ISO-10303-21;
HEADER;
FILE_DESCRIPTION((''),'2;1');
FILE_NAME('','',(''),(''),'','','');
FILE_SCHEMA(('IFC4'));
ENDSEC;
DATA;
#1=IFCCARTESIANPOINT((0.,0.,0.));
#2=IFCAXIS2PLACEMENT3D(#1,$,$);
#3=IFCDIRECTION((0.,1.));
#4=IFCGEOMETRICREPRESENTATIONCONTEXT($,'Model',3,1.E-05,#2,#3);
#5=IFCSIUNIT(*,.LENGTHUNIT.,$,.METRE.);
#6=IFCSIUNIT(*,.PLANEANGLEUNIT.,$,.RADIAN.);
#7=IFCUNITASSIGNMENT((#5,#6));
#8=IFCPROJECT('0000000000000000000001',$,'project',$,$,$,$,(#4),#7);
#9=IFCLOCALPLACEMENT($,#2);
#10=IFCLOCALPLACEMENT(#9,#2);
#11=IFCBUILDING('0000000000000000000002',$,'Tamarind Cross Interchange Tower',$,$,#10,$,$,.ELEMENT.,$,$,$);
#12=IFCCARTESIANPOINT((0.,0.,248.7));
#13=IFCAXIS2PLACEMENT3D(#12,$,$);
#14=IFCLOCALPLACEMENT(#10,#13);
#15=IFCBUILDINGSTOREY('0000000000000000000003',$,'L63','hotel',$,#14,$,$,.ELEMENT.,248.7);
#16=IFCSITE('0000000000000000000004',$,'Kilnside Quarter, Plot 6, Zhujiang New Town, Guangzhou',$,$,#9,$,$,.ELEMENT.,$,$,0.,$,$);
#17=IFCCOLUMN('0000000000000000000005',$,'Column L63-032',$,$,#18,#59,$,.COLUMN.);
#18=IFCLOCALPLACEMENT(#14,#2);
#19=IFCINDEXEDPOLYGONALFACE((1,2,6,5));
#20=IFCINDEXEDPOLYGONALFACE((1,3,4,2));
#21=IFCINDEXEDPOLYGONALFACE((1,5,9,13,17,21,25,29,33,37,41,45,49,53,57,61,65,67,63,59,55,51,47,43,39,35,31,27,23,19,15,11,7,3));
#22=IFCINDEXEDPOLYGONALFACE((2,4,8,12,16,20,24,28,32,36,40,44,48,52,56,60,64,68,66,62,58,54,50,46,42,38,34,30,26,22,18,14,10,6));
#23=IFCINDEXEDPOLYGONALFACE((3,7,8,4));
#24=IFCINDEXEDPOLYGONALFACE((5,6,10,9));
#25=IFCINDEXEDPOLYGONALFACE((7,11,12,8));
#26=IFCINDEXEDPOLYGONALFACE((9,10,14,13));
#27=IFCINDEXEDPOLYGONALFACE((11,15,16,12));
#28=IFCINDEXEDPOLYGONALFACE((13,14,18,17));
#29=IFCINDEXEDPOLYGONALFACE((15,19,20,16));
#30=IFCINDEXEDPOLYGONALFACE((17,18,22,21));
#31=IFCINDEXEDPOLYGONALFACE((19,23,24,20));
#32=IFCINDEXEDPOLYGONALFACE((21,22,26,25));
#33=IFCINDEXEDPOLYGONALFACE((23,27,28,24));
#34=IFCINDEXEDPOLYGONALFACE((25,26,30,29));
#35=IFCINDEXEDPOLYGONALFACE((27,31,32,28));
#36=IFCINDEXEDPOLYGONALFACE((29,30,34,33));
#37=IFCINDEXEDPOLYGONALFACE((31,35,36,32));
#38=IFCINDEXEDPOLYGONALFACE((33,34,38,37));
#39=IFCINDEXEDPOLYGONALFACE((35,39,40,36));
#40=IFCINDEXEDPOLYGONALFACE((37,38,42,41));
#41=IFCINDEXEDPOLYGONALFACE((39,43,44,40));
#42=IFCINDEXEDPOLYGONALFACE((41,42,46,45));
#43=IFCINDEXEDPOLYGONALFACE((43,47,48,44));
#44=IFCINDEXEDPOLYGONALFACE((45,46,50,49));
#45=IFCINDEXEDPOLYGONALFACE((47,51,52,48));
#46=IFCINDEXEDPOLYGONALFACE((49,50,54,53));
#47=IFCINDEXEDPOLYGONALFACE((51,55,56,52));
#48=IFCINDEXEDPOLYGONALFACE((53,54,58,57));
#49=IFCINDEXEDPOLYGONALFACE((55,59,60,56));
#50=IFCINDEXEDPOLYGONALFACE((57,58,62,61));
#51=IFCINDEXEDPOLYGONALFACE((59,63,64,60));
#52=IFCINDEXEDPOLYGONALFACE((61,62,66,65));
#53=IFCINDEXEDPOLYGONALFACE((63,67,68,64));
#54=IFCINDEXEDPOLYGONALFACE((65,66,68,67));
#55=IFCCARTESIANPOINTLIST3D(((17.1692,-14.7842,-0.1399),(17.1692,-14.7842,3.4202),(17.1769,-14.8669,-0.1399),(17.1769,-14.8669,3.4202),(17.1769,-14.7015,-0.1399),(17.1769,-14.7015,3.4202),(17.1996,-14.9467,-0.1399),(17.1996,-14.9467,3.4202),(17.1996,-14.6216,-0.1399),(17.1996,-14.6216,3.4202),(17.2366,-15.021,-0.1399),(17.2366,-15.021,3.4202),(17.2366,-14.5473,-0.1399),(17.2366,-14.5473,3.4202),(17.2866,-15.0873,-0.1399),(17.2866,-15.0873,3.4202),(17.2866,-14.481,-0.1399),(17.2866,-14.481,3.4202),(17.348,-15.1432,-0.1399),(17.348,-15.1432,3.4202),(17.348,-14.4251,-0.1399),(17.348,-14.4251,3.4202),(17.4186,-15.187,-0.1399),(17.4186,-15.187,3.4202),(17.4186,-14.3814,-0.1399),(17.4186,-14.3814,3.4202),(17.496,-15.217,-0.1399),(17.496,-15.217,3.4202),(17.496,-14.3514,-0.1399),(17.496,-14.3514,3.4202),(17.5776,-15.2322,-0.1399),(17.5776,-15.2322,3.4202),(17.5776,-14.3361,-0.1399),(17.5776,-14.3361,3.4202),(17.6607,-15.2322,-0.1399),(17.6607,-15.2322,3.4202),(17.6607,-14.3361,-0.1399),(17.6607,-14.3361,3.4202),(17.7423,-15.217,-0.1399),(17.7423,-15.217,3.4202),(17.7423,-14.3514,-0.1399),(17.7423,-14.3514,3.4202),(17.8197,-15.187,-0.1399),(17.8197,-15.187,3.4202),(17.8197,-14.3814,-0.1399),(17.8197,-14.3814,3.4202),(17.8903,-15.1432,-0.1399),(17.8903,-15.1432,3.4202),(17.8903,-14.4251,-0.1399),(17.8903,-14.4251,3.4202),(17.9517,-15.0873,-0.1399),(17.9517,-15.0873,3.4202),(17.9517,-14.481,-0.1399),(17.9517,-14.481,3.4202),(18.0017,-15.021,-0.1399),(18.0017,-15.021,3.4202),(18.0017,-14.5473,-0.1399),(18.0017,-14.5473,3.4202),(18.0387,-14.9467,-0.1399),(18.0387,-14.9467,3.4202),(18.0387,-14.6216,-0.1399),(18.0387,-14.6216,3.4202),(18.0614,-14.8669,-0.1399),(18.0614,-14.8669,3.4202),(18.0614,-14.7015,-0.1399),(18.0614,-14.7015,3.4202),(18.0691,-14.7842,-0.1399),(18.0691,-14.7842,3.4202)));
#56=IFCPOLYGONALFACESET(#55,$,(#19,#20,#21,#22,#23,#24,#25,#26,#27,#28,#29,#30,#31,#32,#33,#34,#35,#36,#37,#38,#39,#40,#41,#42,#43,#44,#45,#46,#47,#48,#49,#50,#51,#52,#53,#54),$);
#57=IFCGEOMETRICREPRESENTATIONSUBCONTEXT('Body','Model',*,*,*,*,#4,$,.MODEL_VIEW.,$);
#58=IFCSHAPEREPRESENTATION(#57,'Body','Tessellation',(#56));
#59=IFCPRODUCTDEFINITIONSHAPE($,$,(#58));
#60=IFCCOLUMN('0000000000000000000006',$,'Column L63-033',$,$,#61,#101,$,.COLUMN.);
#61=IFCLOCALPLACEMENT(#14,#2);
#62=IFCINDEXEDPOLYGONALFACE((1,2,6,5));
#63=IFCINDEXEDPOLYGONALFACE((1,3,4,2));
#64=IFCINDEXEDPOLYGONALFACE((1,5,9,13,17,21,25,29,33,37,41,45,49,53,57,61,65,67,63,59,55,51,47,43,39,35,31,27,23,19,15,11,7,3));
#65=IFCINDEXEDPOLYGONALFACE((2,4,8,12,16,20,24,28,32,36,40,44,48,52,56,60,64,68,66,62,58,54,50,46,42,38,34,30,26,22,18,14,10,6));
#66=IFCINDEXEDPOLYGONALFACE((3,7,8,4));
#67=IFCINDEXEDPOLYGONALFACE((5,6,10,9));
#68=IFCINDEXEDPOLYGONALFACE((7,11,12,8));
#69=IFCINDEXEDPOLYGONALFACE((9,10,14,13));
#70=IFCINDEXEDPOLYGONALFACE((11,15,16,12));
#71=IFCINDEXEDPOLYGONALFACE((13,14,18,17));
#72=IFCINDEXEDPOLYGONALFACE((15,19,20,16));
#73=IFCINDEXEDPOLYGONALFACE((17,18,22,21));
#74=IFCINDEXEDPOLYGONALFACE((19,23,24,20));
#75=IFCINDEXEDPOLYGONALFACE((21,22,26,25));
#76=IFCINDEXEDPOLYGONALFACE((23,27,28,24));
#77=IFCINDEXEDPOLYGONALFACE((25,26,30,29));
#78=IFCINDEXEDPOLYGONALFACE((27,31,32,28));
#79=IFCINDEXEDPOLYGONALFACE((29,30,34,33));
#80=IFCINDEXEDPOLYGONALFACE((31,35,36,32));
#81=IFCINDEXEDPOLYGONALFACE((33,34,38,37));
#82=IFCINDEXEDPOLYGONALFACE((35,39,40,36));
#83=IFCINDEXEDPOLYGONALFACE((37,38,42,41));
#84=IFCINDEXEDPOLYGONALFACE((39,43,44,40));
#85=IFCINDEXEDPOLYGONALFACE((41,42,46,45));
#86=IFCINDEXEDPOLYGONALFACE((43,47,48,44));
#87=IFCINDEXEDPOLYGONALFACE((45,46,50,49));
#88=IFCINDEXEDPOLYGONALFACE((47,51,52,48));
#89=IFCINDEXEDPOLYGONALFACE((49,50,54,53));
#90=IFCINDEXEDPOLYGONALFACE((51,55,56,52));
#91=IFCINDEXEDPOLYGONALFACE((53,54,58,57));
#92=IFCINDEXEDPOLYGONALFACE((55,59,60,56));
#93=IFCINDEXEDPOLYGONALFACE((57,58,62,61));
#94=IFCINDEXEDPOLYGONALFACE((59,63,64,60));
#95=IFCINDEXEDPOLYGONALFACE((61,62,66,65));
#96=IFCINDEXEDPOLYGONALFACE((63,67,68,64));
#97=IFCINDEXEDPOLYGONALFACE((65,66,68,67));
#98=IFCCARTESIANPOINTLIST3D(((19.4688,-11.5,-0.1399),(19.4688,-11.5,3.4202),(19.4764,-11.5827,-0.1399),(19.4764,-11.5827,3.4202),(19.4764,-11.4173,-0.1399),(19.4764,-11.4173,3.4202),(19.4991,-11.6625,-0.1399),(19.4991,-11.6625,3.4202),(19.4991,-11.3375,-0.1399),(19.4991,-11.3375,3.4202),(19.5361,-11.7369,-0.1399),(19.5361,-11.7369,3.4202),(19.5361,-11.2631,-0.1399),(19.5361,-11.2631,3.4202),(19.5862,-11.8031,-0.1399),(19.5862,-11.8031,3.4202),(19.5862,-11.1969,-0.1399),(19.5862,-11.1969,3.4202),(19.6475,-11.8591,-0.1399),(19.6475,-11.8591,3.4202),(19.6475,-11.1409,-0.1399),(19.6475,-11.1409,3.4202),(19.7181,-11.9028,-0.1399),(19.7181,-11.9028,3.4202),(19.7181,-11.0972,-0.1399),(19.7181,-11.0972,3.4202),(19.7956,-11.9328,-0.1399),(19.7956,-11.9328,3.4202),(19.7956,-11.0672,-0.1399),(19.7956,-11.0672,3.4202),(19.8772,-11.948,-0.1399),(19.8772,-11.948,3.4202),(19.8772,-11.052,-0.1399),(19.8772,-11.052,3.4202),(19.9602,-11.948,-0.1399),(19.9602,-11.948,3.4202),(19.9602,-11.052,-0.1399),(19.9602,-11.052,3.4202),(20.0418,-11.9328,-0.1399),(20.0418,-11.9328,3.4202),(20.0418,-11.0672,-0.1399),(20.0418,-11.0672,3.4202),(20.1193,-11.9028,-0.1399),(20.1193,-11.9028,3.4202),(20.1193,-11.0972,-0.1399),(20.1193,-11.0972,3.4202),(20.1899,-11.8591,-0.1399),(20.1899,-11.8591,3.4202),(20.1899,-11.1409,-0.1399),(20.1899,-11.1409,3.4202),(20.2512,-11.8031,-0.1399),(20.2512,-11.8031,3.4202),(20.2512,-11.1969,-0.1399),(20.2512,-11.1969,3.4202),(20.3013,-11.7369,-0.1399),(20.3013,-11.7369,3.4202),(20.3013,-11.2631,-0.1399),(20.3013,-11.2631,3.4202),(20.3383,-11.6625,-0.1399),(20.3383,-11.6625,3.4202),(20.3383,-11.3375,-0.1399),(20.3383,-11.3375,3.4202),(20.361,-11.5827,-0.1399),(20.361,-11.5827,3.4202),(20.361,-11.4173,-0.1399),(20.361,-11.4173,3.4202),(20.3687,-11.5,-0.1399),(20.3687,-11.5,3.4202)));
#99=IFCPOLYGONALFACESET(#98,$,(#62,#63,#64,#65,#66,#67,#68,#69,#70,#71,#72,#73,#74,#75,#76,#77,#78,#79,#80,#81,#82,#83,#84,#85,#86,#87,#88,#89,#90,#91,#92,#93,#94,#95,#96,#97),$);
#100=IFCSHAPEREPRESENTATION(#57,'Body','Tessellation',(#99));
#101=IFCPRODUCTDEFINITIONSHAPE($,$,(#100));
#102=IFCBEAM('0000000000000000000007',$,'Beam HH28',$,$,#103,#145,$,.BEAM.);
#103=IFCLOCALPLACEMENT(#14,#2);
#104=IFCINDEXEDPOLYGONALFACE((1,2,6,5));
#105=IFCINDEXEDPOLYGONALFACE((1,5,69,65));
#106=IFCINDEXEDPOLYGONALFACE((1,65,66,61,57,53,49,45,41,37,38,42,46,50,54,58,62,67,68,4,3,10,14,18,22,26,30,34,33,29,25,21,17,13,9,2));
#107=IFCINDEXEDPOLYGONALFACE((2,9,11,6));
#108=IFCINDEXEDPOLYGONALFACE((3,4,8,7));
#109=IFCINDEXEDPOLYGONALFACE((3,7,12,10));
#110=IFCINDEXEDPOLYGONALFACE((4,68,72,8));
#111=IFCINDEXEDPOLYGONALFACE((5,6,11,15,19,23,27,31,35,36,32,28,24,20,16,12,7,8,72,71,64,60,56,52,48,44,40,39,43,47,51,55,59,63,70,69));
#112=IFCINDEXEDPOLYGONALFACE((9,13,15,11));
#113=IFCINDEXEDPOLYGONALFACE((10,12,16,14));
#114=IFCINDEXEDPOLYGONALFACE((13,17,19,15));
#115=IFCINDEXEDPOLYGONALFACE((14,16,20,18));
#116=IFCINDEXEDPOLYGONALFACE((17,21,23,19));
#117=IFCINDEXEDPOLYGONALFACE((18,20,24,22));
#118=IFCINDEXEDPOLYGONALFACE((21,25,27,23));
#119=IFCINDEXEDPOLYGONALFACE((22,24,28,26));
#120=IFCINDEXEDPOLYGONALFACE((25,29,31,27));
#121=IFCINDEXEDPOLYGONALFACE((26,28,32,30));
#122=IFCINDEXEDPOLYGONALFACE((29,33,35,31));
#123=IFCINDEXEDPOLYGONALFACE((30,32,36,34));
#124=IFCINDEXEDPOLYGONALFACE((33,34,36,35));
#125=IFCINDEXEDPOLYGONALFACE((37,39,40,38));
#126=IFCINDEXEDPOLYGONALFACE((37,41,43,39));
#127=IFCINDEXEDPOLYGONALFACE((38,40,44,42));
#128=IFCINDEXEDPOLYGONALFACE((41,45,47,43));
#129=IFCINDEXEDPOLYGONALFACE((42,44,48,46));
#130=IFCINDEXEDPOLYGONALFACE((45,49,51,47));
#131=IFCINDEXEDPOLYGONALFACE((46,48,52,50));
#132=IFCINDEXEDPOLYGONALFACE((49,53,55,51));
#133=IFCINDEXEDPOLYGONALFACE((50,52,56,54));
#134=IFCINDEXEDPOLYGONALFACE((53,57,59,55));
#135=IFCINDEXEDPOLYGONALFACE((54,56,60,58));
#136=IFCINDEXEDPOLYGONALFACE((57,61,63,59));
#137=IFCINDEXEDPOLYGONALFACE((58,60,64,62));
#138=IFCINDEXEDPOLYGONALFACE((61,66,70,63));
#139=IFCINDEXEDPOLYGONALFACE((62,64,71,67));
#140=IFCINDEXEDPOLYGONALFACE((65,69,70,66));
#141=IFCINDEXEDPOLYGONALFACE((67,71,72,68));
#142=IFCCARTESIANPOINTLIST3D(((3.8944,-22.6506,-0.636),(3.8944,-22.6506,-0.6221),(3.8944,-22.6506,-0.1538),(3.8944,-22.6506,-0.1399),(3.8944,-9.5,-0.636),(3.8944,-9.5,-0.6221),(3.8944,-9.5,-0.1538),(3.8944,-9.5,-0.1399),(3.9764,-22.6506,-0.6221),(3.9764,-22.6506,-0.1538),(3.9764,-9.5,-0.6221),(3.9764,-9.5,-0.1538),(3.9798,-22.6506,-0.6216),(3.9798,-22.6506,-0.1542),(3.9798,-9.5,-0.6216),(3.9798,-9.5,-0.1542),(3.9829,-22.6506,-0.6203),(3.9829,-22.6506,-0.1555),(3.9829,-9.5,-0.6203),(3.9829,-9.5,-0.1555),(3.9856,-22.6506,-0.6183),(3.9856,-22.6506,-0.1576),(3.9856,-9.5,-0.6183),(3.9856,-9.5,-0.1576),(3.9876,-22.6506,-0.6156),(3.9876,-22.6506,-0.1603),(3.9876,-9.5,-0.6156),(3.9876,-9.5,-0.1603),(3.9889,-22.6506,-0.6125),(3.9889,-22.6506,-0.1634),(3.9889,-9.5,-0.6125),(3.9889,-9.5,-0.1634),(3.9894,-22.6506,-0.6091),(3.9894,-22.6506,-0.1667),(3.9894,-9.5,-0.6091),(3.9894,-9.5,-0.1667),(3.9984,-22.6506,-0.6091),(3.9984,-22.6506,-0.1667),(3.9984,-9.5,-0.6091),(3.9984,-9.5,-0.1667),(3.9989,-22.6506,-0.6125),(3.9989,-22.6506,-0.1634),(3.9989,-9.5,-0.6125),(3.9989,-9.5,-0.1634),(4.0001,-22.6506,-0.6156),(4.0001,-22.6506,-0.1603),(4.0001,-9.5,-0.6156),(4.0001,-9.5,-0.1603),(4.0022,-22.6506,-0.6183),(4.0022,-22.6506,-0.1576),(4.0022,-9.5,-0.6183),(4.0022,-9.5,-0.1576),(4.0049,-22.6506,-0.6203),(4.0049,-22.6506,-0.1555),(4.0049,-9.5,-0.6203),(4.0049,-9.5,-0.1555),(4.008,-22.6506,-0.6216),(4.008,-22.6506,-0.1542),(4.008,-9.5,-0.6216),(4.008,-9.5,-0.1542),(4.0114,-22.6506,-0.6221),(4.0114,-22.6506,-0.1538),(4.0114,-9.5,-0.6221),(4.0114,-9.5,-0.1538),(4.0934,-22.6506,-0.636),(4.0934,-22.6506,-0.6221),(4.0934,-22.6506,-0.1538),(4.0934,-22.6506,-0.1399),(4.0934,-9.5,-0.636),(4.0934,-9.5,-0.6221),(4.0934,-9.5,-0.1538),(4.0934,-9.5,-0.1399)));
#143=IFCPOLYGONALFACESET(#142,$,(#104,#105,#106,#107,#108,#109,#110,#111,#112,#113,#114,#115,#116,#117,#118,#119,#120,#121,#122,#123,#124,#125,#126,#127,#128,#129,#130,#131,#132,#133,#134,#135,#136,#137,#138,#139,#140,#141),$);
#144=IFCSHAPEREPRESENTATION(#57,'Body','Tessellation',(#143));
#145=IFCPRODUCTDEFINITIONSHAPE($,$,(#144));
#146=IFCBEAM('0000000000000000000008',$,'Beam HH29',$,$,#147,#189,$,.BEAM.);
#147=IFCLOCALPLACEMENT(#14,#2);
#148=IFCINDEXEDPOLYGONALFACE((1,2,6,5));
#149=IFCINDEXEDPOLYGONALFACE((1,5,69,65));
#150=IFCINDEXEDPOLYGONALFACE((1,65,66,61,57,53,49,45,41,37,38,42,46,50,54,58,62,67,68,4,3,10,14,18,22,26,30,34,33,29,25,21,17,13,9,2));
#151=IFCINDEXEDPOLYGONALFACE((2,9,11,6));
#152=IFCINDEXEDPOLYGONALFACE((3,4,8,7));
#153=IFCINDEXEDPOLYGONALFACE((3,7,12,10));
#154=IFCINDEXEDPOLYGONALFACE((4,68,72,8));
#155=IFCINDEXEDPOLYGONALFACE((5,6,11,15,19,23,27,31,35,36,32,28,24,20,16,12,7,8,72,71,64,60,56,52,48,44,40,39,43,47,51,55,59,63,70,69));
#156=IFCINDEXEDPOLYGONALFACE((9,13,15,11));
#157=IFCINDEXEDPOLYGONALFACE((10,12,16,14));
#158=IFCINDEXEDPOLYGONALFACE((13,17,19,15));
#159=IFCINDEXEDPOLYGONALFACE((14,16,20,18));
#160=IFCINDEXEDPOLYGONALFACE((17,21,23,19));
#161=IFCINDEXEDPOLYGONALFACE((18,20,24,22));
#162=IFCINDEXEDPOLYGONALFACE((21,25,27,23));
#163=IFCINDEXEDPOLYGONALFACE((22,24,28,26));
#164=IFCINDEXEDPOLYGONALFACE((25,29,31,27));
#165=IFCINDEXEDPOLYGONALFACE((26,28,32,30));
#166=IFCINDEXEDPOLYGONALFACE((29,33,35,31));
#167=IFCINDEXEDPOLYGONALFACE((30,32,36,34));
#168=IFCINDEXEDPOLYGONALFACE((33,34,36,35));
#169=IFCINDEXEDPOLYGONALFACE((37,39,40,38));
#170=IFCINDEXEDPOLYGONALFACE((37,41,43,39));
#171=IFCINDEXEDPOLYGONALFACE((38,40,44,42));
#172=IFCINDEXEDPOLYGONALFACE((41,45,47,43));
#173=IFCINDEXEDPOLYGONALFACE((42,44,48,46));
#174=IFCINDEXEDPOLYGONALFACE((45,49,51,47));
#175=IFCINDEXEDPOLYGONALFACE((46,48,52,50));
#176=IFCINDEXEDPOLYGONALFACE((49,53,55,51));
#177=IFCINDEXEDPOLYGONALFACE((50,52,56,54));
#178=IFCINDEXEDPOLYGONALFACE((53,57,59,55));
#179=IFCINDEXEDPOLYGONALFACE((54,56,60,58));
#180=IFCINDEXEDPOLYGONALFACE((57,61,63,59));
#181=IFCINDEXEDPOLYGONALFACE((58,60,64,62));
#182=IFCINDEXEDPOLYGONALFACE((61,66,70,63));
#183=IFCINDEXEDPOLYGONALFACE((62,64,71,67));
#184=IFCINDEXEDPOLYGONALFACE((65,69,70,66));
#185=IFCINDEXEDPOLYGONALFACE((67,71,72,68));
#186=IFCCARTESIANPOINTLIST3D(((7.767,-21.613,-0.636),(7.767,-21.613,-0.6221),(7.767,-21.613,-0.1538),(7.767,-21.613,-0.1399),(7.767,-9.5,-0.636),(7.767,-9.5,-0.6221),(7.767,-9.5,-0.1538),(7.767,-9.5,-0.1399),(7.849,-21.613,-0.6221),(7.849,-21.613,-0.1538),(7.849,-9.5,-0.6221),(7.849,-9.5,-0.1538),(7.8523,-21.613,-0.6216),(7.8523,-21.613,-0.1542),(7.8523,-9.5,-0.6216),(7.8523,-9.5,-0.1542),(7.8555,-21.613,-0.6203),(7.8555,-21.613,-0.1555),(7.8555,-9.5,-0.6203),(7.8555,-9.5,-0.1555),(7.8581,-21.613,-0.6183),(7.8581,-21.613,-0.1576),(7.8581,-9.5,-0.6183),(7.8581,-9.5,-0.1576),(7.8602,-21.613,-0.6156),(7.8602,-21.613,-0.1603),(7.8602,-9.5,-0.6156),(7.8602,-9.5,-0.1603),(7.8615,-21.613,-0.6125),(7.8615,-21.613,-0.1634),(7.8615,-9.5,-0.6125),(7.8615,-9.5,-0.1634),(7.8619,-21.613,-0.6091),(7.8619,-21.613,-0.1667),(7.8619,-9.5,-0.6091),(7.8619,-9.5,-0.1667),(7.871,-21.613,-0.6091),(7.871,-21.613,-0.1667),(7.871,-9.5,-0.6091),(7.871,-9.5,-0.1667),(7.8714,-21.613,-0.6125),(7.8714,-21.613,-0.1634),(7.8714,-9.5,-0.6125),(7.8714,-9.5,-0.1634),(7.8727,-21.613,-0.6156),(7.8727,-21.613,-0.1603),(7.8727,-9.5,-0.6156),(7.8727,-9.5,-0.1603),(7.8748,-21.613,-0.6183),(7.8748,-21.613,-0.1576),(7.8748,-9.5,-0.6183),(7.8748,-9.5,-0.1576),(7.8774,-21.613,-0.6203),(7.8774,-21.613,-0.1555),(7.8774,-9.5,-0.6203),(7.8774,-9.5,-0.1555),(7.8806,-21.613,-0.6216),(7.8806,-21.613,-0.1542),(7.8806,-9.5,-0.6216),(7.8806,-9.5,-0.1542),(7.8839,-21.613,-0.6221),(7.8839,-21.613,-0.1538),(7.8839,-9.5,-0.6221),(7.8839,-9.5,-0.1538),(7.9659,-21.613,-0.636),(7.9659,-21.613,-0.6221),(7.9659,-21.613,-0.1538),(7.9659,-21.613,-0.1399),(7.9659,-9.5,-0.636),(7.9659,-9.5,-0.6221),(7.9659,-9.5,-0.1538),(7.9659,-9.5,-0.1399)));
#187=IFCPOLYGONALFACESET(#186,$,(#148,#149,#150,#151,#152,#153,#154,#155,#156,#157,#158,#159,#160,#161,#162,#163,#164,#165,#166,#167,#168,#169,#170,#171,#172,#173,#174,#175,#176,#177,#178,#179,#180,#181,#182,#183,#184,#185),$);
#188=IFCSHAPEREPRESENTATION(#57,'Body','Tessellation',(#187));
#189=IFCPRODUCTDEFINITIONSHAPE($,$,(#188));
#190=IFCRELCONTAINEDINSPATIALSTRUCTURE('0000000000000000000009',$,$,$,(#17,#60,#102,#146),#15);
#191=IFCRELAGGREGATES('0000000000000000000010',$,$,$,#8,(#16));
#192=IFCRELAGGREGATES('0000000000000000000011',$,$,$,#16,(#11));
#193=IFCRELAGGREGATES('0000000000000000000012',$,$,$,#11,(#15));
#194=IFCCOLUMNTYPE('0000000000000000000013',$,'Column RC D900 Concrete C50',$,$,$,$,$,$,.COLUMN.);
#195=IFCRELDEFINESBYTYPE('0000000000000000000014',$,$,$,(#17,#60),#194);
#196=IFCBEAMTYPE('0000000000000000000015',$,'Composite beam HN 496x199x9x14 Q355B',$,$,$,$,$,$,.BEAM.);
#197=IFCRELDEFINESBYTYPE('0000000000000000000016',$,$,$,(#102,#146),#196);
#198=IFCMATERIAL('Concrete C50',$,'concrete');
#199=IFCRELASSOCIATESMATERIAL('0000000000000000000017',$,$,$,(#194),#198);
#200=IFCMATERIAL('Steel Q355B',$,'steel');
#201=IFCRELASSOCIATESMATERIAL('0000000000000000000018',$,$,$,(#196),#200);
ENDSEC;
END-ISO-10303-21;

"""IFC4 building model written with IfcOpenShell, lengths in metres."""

from ifc_helpers import new_model, si_unit, direction, frame, origin, origin_2d, place, context, subcontext, project, spatial, circle, i_section, extrude, material, material_profile, profile_set, type_object, element, save


model = new_model("IFC4")

# Units and contexts
model_context = context("Model", 3, precision=1e-05, world=origin(), true_north=direction((0.0, 1.0)))
body_context = subcontext(model_context, "Body", "Model", "MODEL_VIEW")
ifc_project = project(units=[si_unit("LENGTHUNIT", "METRE"), si_unit("PLANEANGLEUNIT", "RADIAN")], contexts=[model_context])

# Site, building, storey
site_placement = place(None, origin())
site = spatial("IfcSite", under=ifc_project, at=site_placement, Name="Kilnside Quarter, Plot 6, Zhujiang New Town, Guangzhou", CompositionType="ELEMENT", RefElevation=0.0)
building_placement = place(site_placement, origin())
building = spatial("IfcBuilding", under=site, at=building_placement, Name="Tamarind Cross Interchange Tower", CompositionType="ELEMENT")
storey_placement = place(building_placement, frame((0.0, 0.0, 248.7)))
storey = spatial("IfcBuildingStorey", under=building, at=storey_placement, Name="L63", Description="hotel", CompositionType="ELEMENT", Elevation=248.7)

# Columns
ifc_material_1 = material(Name="Concrete C50", Category="concrete")
ifc_material_profile_1 = material_profile(ifc_material_1, circle(Radius=0.45, at=origin_2d()), Name="RC D900")
ifc_profile_set_1 = profile_set([ifc_material_profile_1], Name="Concrete C50")
column_type = type_object("IfcColumnType", Name="Column RC D900 Concrete C50", PredefinedType="COLUMN", material=ifc_profile_set_1)
for number, where, z_axis, x_axis, name in (
    (1, (17.6191, -14.7842, -0.1399), (0.0, 0.0, 1.0), (1.0, 0.0, 0.0), "Column L63-032"),
    (2, (19.9187, -11.5, -0.1399), (0.0, 0.0, 1.0), (1.0, 0.0, 0.0), "Column L63-033"),
):
    element("IfcColumn", number, at=place(storey_placement, frame(where, z_axis=z_axis, x_axis=x_axis)), inside=storey, type_object=column_type, Name=name, PredefinedType="COLUMN", context=body_context, shape_type="SweptSolid", body=[
        extrude(circle(Radius=0.45, at=origin_2d()), origin(), (0.0, 0.0, 1.0), 3.5601),
    ])

# Beams
ifc_material_2 = material(Name="Steel Q355B", Category="steel")
ifc_material_profile_2 = material_profile(ifc_material_2, i_section(OverallWidth=0.199, OverallDepth=0.4961, WebThickness=0.009, FlangeThickness=0.0139, FilletRadius=0.0129, at=origin_2d()), Name="HN 496x199x9x14")
ifc_profile_set_2 = profile_set([ifc_material_profile_2], Name="Steel Q355B")
beam_type = type_object("IfcBeamType", Name="Composite beam HN 496x199x9x14 Q355B", PredefinedType="BEAM", material=ifc_profile_set_2)
beam_1_placement = place(storey_placement, frame((3.9939, -22.6506, -0.3879), z_axis=(0.0, 1.0, 0.0), x_axis=(-1.0, 0.0, 0.0)))
element("IfcBeam", 3, at=beam_1_placement, inside=storey, type_object=beam_type, Name="Beam HH28", PredefinedType="BEAM", context=body_context, shape_type="SweptSolid", body=[
    extrude(i_section(OverallWidth=0.199, OverallDepth=0.4961, WebThickness=0.009, FlangeThickness=0.0139, FilletRadius=0.0129, at=origin_2d()), origin(), (0.0, 0.0, 1.0), 13.1506),
])
beam_2_placement = place(storey_placement, frame((7.8665, -21.613, -0.3879), z_axis=(0.0, 1.0, 0.0), x_axis=(-1.0, 0.0, 0.0)))
element("IfcBeam", 4, at=beam_2_placement, inside=storey, type_object=beam_type, Name="Beam HH29", PredefinedType="BEAM", context=body_context, shape_type="SweptSolid", body=[
    extrude(i_section(OverallWidth=0.199, OverallDepth=0.4961, WebThickness=0.009, FlangeThickness=0.0139, FilletRadius=0.0129, at=origin_2d()), origin(), (0.0, 0.0, 1.0), 12.113),
])

save(model, "model.ifc")
